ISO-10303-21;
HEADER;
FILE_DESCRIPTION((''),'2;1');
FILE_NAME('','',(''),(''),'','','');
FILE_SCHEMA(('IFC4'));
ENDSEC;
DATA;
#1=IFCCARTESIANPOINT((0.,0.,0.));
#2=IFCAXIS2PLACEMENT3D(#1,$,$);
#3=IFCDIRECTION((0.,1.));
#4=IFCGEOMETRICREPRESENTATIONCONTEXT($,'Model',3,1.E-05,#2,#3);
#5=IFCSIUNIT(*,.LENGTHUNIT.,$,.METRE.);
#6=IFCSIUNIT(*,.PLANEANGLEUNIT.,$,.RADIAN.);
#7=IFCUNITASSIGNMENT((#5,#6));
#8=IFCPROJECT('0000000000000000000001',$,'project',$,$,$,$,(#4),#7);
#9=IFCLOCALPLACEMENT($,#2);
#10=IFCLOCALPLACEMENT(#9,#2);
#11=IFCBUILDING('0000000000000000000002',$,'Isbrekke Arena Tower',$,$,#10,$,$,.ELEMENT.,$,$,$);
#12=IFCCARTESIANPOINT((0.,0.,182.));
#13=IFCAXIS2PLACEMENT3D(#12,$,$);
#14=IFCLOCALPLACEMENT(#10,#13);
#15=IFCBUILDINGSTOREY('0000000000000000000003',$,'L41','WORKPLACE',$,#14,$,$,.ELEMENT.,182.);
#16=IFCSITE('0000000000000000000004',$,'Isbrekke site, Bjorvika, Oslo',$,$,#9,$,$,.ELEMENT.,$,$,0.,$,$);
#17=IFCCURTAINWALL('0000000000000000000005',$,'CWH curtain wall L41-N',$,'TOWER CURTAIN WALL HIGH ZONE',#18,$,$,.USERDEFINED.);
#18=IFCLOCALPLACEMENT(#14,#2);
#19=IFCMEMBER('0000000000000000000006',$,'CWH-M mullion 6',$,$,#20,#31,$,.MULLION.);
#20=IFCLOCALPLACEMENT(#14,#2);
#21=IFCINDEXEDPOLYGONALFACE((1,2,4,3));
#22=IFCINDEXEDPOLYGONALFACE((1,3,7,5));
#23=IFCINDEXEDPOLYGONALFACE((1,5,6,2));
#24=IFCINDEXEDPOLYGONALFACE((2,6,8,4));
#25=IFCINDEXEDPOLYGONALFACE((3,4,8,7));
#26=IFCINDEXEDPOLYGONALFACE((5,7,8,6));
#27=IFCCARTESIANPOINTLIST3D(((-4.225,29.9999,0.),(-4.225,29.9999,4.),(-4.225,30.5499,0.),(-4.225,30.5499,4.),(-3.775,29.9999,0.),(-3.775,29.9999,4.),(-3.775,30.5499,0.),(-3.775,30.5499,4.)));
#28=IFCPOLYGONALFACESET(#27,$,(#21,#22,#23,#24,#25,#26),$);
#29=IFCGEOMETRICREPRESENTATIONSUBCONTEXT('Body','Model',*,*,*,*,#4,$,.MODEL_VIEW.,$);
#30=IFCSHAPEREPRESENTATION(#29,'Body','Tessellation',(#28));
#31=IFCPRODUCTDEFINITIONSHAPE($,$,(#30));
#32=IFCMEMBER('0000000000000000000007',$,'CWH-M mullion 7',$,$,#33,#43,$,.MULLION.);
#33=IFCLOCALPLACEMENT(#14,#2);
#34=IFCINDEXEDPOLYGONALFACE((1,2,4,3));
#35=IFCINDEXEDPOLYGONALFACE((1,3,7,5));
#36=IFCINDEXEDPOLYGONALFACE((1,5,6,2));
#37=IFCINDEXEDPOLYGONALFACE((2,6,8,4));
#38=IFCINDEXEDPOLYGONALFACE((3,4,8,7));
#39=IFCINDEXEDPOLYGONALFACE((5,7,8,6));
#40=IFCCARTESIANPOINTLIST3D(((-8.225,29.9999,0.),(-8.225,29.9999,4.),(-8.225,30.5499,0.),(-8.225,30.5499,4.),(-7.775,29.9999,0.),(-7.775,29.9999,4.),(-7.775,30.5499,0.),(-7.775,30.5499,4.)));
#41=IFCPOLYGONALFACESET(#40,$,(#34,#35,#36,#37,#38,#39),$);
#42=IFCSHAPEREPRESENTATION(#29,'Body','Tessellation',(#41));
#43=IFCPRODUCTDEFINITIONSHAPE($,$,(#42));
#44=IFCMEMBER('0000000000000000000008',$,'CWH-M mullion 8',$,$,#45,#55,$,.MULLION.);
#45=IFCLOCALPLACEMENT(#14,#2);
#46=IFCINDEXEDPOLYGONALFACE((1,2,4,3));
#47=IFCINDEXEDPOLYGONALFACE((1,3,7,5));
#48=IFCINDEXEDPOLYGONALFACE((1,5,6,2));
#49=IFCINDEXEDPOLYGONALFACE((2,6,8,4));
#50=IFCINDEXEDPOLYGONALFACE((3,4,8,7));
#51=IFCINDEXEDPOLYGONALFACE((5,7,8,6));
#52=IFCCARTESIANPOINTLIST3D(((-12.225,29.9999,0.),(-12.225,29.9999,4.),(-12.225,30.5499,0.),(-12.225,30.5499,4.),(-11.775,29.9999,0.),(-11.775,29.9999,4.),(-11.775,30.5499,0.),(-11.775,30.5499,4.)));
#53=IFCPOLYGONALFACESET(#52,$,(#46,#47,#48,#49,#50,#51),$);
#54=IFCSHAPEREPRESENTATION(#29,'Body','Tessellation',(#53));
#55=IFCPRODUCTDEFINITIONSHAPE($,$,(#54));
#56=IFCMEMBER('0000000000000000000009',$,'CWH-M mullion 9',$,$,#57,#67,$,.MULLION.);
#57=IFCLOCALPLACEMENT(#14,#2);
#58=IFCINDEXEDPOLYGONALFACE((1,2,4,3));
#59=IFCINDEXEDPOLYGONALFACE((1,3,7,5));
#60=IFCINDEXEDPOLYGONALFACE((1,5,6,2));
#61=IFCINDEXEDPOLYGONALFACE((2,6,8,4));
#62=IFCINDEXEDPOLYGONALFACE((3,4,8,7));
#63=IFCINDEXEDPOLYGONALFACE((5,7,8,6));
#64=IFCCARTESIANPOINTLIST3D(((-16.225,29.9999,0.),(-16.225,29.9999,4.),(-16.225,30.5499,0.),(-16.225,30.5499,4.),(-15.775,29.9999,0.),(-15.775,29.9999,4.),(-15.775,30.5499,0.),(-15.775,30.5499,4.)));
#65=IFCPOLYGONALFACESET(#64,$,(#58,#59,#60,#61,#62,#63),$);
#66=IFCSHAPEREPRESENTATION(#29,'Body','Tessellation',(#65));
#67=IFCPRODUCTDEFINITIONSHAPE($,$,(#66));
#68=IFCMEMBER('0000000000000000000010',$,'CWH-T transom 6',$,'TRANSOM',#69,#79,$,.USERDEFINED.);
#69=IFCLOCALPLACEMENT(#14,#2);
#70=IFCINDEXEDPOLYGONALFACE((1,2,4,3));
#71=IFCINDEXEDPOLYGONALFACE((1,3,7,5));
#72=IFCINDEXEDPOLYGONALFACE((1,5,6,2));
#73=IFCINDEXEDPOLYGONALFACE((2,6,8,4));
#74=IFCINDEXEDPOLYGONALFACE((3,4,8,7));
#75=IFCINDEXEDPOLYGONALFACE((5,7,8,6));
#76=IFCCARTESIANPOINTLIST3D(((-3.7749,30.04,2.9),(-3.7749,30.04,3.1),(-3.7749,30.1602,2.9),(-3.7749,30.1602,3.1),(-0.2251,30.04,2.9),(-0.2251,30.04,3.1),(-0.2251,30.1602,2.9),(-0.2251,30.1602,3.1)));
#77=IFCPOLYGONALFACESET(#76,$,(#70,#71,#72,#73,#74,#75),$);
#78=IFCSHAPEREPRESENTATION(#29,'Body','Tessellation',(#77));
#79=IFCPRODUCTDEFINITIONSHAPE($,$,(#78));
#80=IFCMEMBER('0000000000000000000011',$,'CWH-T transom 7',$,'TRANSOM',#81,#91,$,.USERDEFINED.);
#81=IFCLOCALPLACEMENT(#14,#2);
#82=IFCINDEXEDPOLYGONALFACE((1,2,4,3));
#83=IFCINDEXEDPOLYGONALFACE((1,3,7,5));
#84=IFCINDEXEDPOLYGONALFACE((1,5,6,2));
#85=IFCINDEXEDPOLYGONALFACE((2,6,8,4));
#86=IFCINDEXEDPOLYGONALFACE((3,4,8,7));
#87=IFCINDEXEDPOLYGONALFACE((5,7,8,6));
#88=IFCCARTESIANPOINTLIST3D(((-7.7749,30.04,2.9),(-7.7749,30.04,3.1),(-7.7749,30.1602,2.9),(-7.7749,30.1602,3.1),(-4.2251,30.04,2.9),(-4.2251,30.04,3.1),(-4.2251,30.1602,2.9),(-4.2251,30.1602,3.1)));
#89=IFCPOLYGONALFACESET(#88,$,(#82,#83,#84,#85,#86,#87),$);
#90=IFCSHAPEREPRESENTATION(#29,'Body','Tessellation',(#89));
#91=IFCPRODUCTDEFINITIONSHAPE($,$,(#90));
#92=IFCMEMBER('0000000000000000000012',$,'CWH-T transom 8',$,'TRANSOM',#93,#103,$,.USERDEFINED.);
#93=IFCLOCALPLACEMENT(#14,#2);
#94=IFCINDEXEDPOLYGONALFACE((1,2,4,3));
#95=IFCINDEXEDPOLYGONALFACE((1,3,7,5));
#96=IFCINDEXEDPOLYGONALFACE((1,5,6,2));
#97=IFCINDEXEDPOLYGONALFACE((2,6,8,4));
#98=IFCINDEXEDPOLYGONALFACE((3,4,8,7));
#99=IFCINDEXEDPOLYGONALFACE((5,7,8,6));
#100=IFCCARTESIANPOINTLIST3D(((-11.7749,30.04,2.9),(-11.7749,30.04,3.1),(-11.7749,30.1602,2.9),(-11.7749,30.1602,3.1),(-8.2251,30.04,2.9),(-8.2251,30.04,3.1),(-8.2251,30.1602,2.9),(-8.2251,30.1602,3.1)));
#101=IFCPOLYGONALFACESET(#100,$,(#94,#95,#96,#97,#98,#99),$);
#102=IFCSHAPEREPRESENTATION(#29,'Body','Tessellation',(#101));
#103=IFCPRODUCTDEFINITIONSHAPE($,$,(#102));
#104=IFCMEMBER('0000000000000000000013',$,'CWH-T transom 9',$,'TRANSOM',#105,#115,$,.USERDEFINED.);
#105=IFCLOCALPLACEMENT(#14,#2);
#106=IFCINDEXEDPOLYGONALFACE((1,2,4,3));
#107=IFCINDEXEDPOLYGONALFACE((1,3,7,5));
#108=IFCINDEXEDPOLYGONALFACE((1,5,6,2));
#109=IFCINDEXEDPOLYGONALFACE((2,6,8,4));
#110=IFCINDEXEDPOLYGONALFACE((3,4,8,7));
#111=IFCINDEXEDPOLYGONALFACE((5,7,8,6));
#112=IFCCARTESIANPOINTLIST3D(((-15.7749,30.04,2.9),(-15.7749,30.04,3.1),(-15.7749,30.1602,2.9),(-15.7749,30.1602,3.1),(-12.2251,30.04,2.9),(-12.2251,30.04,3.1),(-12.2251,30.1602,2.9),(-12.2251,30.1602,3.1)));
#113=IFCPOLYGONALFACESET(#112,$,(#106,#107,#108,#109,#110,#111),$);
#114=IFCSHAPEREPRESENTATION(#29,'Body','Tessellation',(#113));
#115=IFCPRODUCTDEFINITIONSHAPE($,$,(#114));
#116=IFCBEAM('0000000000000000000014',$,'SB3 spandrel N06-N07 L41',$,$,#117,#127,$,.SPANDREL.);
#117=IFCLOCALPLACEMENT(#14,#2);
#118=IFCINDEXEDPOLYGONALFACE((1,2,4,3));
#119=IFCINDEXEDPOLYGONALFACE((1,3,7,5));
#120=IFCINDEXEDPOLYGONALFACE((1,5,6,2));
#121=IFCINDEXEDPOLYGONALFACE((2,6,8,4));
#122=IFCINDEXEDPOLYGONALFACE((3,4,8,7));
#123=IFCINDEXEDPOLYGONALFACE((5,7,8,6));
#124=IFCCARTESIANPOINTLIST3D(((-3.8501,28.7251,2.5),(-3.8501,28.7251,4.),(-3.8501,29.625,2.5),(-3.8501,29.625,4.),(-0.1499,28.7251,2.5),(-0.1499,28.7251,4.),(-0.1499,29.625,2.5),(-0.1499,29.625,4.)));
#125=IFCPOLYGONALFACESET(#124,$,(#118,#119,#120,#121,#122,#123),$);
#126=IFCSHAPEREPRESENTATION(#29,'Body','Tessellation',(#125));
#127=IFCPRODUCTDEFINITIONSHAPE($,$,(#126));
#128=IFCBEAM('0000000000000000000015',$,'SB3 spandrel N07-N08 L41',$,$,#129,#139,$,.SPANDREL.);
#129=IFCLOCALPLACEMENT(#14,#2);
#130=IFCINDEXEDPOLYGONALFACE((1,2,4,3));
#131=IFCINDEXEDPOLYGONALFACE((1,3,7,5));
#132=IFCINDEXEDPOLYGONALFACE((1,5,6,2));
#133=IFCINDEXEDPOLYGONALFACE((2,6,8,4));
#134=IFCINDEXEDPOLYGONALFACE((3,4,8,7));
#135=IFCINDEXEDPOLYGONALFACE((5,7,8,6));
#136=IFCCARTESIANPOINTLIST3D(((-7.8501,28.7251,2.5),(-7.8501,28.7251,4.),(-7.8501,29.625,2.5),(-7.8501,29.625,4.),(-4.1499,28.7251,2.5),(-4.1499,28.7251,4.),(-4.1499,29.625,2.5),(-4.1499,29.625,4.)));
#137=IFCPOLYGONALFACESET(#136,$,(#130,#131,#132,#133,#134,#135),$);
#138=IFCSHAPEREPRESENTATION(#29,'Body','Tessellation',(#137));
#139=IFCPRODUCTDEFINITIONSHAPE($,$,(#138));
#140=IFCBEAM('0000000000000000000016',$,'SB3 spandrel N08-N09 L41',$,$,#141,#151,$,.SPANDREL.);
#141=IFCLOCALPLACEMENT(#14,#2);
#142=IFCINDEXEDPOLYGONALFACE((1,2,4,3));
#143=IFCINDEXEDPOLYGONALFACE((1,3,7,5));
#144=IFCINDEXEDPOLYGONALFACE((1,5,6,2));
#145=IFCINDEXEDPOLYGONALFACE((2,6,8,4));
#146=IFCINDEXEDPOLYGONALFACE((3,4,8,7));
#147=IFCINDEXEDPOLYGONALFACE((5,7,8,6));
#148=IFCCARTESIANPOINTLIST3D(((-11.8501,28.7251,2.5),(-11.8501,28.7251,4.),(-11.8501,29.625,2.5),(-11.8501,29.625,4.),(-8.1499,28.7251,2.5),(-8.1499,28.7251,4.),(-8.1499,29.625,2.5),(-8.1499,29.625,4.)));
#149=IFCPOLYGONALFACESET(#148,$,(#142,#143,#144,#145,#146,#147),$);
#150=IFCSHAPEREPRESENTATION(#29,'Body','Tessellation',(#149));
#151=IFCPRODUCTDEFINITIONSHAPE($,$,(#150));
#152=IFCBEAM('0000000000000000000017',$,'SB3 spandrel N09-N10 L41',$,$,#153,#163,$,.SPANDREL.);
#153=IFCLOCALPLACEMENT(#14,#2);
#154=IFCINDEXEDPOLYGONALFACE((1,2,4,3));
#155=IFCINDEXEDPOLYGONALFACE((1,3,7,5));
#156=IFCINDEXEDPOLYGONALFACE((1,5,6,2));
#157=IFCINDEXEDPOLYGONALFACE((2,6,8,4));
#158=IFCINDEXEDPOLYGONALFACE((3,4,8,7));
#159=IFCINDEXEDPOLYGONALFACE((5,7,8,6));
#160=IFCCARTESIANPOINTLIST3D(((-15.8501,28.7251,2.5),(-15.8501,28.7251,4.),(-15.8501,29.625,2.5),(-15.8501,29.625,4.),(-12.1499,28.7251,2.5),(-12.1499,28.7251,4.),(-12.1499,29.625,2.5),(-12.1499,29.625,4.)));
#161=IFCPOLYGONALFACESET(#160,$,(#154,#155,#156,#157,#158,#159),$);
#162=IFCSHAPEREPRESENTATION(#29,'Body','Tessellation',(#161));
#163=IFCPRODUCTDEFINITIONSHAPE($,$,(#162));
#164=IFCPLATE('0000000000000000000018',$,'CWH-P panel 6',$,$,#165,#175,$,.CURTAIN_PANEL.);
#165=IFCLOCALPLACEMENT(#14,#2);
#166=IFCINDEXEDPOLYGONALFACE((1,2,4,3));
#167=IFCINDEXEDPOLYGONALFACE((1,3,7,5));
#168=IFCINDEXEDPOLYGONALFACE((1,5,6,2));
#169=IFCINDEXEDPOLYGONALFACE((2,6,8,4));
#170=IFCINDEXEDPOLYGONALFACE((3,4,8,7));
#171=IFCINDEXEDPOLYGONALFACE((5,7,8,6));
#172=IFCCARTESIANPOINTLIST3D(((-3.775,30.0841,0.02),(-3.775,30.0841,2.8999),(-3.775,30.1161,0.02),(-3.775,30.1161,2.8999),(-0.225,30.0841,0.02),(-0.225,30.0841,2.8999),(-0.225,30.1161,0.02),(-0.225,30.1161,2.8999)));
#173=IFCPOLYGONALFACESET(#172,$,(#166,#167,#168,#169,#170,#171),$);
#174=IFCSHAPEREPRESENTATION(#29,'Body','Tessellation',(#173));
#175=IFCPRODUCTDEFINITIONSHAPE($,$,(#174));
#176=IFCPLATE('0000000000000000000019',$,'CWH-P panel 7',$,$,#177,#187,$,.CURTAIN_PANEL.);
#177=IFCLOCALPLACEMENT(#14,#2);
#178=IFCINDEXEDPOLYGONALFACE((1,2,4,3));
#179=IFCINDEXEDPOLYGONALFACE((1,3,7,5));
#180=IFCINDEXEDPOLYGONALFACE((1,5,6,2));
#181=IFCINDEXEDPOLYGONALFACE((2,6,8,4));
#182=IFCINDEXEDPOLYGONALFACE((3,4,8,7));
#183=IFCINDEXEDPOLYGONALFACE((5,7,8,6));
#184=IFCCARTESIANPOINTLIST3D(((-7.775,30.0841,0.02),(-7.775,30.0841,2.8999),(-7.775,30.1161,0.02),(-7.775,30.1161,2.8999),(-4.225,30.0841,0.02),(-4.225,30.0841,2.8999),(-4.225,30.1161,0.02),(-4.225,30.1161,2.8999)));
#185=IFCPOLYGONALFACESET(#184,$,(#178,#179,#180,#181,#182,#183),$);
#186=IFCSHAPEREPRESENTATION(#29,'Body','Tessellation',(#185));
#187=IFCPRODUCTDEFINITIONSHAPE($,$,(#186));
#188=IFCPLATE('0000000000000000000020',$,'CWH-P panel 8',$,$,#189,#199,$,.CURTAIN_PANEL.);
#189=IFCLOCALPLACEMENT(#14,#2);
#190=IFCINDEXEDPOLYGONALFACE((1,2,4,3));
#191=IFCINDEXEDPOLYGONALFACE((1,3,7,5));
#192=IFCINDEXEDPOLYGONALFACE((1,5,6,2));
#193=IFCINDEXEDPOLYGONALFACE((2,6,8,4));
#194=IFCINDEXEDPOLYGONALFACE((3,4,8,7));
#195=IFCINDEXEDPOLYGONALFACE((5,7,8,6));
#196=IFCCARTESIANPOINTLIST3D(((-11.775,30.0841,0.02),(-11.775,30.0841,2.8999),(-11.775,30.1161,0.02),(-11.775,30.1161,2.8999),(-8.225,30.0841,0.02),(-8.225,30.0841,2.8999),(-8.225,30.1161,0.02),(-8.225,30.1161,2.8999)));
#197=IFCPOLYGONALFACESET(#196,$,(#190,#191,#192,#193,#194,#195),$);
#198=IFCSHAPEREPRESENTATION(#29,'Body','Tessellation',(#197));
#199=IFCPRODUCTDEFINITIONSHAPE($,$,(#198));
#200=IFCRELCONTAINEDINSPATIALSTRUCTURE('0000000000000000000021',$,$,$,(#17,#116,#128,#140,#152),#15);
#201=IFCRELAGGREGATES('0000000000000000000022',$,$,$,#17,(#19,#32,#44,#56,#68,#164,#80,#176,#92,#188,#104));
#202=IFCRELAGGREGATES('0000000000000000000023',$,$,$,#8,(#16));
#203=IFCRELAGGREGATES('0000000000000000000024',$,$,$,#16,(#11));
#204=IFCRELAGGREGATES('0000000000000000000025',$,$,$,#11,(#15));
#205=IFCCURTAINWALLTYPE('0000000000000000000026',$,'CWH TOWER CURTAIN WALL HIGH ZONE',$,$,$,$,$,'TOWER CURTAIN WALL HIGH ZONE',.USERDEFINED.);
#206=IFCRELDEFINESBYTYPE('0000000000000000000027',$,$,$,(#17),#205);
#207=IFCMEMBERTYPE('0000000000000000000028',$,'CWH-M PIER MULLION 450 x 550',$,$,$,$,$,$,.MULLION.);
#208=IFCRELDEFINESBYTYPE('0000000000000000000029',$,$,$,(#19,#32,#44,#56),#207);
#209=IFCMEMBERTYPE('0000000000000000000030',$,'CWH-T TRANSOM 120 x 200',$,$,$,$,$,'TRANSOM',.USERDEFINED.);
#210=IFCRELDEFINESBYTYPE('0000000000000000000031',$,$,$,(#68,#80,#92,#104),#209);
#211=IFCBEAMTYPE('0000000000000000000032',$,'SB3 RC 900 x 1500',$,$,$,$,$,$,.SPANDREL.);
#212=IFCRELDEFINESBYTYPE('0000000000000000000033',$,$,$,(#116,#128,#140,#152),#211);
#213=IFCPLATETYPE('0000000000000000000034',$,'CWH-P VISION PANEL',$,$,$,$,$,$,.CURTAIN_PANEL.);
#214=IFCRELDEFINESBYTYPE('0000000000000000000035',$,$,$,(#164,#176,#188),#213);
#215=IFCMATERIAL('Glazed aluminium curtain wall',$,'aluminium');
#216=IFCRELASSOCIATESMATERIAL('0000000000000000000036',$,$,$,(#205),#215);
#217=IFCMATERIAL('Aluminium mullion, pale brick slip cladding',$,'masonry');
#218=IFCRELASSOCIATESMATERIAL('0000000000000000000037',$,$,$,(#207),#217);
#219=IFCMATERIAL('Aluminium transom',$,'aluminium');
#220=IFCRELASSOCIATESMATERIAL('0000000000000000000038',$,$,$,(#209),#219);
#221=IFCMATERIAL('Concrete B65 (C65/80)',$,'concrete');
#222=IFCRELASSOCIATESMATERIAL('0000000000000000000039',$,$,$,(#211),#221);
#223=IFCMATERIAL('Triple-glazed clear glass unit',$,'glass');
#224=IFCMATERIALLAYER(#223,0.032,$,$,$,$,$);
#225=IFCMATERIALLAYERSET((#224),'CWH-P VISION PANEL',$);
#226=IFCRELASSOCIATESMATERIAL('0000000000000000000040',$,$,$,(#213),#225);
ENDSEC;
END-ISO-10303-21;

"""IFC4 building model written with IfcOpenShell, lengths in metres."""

from ifc_helpers import new_model, si_unit, direction, frame, origin, origin_2d, place, context, subcontext, project, spatial, rectangle, extrude, material, layer, layer_set, material_profile, profile_set, type_object, element, aggregate, save


model = new_model("IFC4")

# Units and contexts
model_context = context("Model", 3, precision=1e-05, world=origin(), true_north=direction((0.0, 1.0)))
body_context = subcontext(model_context, "Body", "Model", "MODEL_VIEW")
ifc_project = project(units=[si_unit("LENGTHUNIT", "METRE"), si_unit("PLANEANGLEUNIT", "RADIAN")], contexts=[model_context])

# Site, building, storey
site_placement = place(None, origin())
site = spatial("IfcSite", under=ifc_project, at=site_placement, Name="Isbrekke site, Bjorvika, Oslo", CompositionType="ELEMENT", RefElevation=0.0)
building_placement = place(site_placement, origin())
building = spatial("IfcBuilding", under=site, at=building_placement, Name="Isbrekke Arena Tower", CompositionType="ELEMENT")
storey_placement = place(building_placement, frame((0.0, 0.0, 182.0)))
storey = spatial("IfcBuildingStorey", under=building, at=storey_placement, Name="L41", Description="WORKPLACE", CompositionType="ELEMENT", Elevation=182.0)

# Curtain wall, members
ifc_material_1 = material(Name="Glazed aluminium curtain wall", Category="aluminium")
curtain_wall_type = type_object("IfcCurtainWallType", Name="CWH TOWER CURTAIN WALL HIGH ZONE", ElementType="TOWER CURTAIN WALL HIGH ZONE", PredefinedType="USERDEFINED", material=ifc_material_1)
curtain_wall_placement = place(storey_placement, origin())
curtain_wall = element("IfcCurtainWall", 1, at=curtain_wall_placement, inside=storey, type_object=curtain_wall_type, Name="CWH curtain wall L41-N", ObjectType="TOWER CURTAIN WALL HIGH ZONE", PredefinedType="USERDEFINED")
ifc_material_2 = material(Name="Aluminium mullion, pale brick slip cladding", Category="masonry")
ifc_material_profile_1 = material_profile(ifc_material_2, rectangle(XDim=0.45, YDim=0.55, at=origin_2d()), Name="PIER 450X550")
ifc_profile_set_1 = profile_set([ifc_material_profile_1], Name="Aluminium mullion, pale brick slip cladding")
member_type_1 = type_object("IfcMemberType", Name="CWH-M PIER MULLION 450 x 550", PredefinedType="MULLION", material=ifc_profile_set_1)
member_1_placement = place(storey_placement, frame((-4.0, 30.2749, 0.0), z_axis=(0.0, 0.0, 1.0), x_axis=(-1.0, 0.0, 0.0)))
member_1 = element("IfcMember", 2, at=member_1_placement, type_object=member_type_1, Name="CWH-M mullion 6", PredefinedType="MULLION", context=body_context, shape_type="SweptSolid", body=[
    extrude(rectangle(XDim=0.45, YDim=0.55, at=origin_2d()), origin(), (0.0, 0.0, 1.0), 4.0),
])
member_2_placement = place(storey_placement, frame((-8.0, 30.2749, 0.0), z_axis=(0.0, 0.0, 1.0), x_axis=(-1.0, 0.0, 0.0)))
member_2 = element("IfcMember", 3, at=member_2_placement, type_object=member_type_1, Name="CWH-M mullion 7", PredefinedType="MULLION", context=body_context, shape_type="SweptSolid", body=[
    extrude(rectangle(XDim=0.45, YDim=0.55, at=origin_2d()), origin(), (0.0, 0.0, 1.0), 4.0),
])
member_3_placement = place(storey_placement, frame((-12.0, 30.2749, 0.0), z_axis=(0.0, 0.0, 1.0), x_axis=(-1.0, 0.0, 0.0)))
member_3 = element("IfcMember", 4, at=member_3_placement, type_object=member_type_1, Name="CWH-M mullion 8", PredefinedType="MULLION", context=body_context, shape_type="SweptSolid", body=[
    extrude(rectangle(XDim=0.45, YDim=0.55, at=origin_2d()), origin(), (0.0, 0.0, 1.0), 4.0),
])
member_4_placement = place(storey_placement, frame((-16.0, 30.2749, 0.0), z_axis=(0.0, 0.0, 1.0), x_axis=(-1.0, 0.0, 0.0)))
member_4 = element("IfcMember", 5, at=member_4_placement, type_object=member_type_1, Name="CWH-M mullion 9", PredefinedType="MULLION", context=body_context, shape_type="SweptSolid", body=[
    extrude(rectangle(XDim=0.45, YDim=0.55, at=origin_2d()), origin(), (0.0, 0.0, 1.0), 4.0),
])
ifc_material_3 = material(Name="Aluminium transom", Category="aluminium")
ifc_material_profile_2 = material_profile(ifc_material_3, rectangle(XDim=0.1201, YDim=0.2, at=origin_2d()), Name="TRANSOM 120X200")
ifc_profile_set_2 = profile_set([ifc_material_profile_2], Name="Aluminium transom")
member_type_2 = type_object("IfcMemberType", Name="CWH-T TRANSOM 120 x 200", ElementType="TRANSOM", PredefinedType="USERDEFINED", material=ifc_profile_set_2)
member_5_placement = place(storey_placement, frame((-0.2251, 30.1001, 3.0), z_axis=(-1.0, 0.0, 0.0), x_axis=(0.0, -1.0, 0.0)))
member_5 = element("IfcMember", 6, at=member_5_placement, type_object=member_type_2, Name="CWH-T transom 6", ObjectType="TRANSOM", PredefinedType="USERDEFINED", context=body_context, shape_type="SweptSolid", body=[
    extrude(rectangle(XDim=0.1201, YDim=0.2, at=origin_2d()), origin(), (0.0, 0.0, 1.0), 3.5498),
])
member_6_placement = place(storey_placement, frame((-4.2251, 30.1001, 3.0), z_axis=(-1.0, 0.0, 0.0), x_axis=(0.0, -1.0, 0.0)))
member_6 = element("IfcMember", 7, at=member_6_placement, type_object=member_type_2, Name="CWH-T transom 7", ObjectType="TRANSOM", PredefinedType="USERDEFINED", context=body_context, shape_type="SweptSolid", body=[
    extrude(rectangle(XDim=0.1201, YDim=0.2, at=origin_2d()), origin(), (0.0, 0.0, 1.0), 3.5498),
])
member_7_placement = place(storey_placement, frame((-8.2251, 30.1001, 3.0), z_axis=(-1.0, 0.0, 0.0), x_axis=(0.0, -1.0, 0.0)))
member_7 = element("IfcMember", 8, at=member_7_placement, type_object=member_type_2, Name="CWH-T transom 8", ObjectType="TRANSOM", PredefinedType="USERDEFINED", context=body_context, shape_type="SweptSolid", body=[
    extrude(rectangle(XDim=0.1201, YDim=0.2, at=origin_2d()), origin(), (0.0, 0.0, 1.0), 3.5498),
])
member_8_placement = place(storey_placement, frame((-12.2251, 30.1001, 3.0), z_axis=(-1.0, 0.0, 0.0), x_axis=(0.0, -1.0, 0.0)))
member_8 = element("IfcMember", 9, at=member_8_placement, type_object=member_type_2, Name="CWH-T transom 9", ObjectType="TRANSOM", PredefinedType="USERDEFINED", context=body_context, shape_type="SweptSolid", body=[
    extrude(rectangle(XDim=0.1201, YDim=0.2, at=origin_2d()), origin(), (0.0, 0.0, 1.0), 3.5498),
])

# Beams
ifc_material_4 = material(Name="Concrete B65 (C65/80)", Category="concrete")
ifc_material_profile_3 = material_profile(ifc_material_4, rectangle(XDim=0.8999, YDim=1.5, at=origin_2d()), Name="RC 900x1500")
ifc_profile_set_3 = profile_set([ifc_material_profile_3], Name="Concrete B65 (C65/80)")
beam_type_1 = type_object("IfcBeamType", Name="SB3 RC 900 x 1500", PredefinedType="SPANDREL", material=ifc_profile_set_3)
for number, where, z_axis, x_axis, name in (
    (10, (-0.1499, 29.175, 3.25), (-1.0, 0.0, 0.0), (0.0, -1.0, 0.0), "SB3 spandrel N06-N07 L41"),
    (11, (-4.1499, 29.175, 3.25), (-1.0, 0.0, 0.0), (0.0, -1.0, 0.0), "SB3 spandrel N07-N08 L41"),
    (12, (-8.1499, 29.175, 3.25), (-1.0, 0.0, 0.0), (0.0, -1.0, 0.0), "SB3 spandrel N08-N09 L41"),
    (13, (-12.1499, 29.175, 3.25), (-1.0, 0.0, 0.0), (0.0, -1.0, 0.0), "SB3 spandrel N09-N10 L41"),
):
    element("IfcBeam", number, at=place(storey_placement, frame(where, z_axis=z_axis, x_axis=x_axis)), inside=storey, type_object=beam_type_1, Name=name, PredefinedType="SPANDREL", context=body_context, shape_type="SweptSolid", body=[
        extrude(rectangle(XDim=0.8999, YDim=1.5, at=origin_2d()), origin(), (0.0, 0.0, 1.0), 3.7002),
    ])

# Plates
ifc_material_5 = material(Name="Triple-glazed clear glass unit", Category="glass")
ifc_layer_1 = layer(ifc_material_5, 0.032)
ifc_layer_set_1 = layer_set([ifc_layer_1], Name="CWH-P VISION PANEL")
plate_type = type_object("IfcPlateType", Name="CWH-P VISION PANEL", PredefinedType="CURTAIN_PANEL", material=ifc_layer_set_1)
plate_1_placement = place(storey_placement, frame((-2.0, 30.1001, 0.02), z_axis=(0.0, 0.0, 1.0), x_axis=(-1.0, 0.0, 0.0)))
plate_1 = element("IfcPlate", 14, at=plate_1_placement, type_object=plate_type, Name="CWH-P panel 6", PredefinedType="CURTAIN_PANEL", context=body_context, shape_type="SweptSolid", body=[
    extrude(rectangle(XDim=3.55, YDim=0.032, at=origin_2d()), origin(), (0.0, 0.0, 1.0), 2.8799),
])
plate_2_placement = place(storey_placement, frame((-6.0, 30.1001, 0.02), z_axis=(0.0, 0.0, 1.0), x_axis=(-1.0, 0.0, 0.0)))
plate_2 = element("IfcPlate", 15, at=plate_2_placement, type_object=plate_type, Name="CWH-P panel 7", PredefinedType="CURTAIN_PANEL", context=body_context, shape_type="SweptSolid", body=[
    extrude(rectangle(XDim=3.55, YDim=0.032, at=origin_2d()), origin(), (0.0, 0.0, 1.0), 2.8799),
])
plate_3_placement = place(storey_placement, frame((-10.0, 30.1001, 0.02), z_axis=(0.0, 0.0, 1.0), x_axis=(-1.0, 0.0, 0.0)))
plate_3 = element("IfcPlate", 16, at=plate_3_placement, type_object=plate_type, Name="CWH-P panel 8", PredefinedType="CURTAIN_PANEL", context=body_context, shape_type="SweptSolid", body=[
    extrude(rectangle(XDim=3.55, YDim=0.032, at=origin_2d()), origin(), (0.0, 0.0, 1.0), 2.8799),
])
aggregate(curtain_wall, [member_1, member_2, member_3, member_4, member_5, plate_1, member_6, plate_2, member_7, plate_3, member_8])

save(model, "model.ifc")
